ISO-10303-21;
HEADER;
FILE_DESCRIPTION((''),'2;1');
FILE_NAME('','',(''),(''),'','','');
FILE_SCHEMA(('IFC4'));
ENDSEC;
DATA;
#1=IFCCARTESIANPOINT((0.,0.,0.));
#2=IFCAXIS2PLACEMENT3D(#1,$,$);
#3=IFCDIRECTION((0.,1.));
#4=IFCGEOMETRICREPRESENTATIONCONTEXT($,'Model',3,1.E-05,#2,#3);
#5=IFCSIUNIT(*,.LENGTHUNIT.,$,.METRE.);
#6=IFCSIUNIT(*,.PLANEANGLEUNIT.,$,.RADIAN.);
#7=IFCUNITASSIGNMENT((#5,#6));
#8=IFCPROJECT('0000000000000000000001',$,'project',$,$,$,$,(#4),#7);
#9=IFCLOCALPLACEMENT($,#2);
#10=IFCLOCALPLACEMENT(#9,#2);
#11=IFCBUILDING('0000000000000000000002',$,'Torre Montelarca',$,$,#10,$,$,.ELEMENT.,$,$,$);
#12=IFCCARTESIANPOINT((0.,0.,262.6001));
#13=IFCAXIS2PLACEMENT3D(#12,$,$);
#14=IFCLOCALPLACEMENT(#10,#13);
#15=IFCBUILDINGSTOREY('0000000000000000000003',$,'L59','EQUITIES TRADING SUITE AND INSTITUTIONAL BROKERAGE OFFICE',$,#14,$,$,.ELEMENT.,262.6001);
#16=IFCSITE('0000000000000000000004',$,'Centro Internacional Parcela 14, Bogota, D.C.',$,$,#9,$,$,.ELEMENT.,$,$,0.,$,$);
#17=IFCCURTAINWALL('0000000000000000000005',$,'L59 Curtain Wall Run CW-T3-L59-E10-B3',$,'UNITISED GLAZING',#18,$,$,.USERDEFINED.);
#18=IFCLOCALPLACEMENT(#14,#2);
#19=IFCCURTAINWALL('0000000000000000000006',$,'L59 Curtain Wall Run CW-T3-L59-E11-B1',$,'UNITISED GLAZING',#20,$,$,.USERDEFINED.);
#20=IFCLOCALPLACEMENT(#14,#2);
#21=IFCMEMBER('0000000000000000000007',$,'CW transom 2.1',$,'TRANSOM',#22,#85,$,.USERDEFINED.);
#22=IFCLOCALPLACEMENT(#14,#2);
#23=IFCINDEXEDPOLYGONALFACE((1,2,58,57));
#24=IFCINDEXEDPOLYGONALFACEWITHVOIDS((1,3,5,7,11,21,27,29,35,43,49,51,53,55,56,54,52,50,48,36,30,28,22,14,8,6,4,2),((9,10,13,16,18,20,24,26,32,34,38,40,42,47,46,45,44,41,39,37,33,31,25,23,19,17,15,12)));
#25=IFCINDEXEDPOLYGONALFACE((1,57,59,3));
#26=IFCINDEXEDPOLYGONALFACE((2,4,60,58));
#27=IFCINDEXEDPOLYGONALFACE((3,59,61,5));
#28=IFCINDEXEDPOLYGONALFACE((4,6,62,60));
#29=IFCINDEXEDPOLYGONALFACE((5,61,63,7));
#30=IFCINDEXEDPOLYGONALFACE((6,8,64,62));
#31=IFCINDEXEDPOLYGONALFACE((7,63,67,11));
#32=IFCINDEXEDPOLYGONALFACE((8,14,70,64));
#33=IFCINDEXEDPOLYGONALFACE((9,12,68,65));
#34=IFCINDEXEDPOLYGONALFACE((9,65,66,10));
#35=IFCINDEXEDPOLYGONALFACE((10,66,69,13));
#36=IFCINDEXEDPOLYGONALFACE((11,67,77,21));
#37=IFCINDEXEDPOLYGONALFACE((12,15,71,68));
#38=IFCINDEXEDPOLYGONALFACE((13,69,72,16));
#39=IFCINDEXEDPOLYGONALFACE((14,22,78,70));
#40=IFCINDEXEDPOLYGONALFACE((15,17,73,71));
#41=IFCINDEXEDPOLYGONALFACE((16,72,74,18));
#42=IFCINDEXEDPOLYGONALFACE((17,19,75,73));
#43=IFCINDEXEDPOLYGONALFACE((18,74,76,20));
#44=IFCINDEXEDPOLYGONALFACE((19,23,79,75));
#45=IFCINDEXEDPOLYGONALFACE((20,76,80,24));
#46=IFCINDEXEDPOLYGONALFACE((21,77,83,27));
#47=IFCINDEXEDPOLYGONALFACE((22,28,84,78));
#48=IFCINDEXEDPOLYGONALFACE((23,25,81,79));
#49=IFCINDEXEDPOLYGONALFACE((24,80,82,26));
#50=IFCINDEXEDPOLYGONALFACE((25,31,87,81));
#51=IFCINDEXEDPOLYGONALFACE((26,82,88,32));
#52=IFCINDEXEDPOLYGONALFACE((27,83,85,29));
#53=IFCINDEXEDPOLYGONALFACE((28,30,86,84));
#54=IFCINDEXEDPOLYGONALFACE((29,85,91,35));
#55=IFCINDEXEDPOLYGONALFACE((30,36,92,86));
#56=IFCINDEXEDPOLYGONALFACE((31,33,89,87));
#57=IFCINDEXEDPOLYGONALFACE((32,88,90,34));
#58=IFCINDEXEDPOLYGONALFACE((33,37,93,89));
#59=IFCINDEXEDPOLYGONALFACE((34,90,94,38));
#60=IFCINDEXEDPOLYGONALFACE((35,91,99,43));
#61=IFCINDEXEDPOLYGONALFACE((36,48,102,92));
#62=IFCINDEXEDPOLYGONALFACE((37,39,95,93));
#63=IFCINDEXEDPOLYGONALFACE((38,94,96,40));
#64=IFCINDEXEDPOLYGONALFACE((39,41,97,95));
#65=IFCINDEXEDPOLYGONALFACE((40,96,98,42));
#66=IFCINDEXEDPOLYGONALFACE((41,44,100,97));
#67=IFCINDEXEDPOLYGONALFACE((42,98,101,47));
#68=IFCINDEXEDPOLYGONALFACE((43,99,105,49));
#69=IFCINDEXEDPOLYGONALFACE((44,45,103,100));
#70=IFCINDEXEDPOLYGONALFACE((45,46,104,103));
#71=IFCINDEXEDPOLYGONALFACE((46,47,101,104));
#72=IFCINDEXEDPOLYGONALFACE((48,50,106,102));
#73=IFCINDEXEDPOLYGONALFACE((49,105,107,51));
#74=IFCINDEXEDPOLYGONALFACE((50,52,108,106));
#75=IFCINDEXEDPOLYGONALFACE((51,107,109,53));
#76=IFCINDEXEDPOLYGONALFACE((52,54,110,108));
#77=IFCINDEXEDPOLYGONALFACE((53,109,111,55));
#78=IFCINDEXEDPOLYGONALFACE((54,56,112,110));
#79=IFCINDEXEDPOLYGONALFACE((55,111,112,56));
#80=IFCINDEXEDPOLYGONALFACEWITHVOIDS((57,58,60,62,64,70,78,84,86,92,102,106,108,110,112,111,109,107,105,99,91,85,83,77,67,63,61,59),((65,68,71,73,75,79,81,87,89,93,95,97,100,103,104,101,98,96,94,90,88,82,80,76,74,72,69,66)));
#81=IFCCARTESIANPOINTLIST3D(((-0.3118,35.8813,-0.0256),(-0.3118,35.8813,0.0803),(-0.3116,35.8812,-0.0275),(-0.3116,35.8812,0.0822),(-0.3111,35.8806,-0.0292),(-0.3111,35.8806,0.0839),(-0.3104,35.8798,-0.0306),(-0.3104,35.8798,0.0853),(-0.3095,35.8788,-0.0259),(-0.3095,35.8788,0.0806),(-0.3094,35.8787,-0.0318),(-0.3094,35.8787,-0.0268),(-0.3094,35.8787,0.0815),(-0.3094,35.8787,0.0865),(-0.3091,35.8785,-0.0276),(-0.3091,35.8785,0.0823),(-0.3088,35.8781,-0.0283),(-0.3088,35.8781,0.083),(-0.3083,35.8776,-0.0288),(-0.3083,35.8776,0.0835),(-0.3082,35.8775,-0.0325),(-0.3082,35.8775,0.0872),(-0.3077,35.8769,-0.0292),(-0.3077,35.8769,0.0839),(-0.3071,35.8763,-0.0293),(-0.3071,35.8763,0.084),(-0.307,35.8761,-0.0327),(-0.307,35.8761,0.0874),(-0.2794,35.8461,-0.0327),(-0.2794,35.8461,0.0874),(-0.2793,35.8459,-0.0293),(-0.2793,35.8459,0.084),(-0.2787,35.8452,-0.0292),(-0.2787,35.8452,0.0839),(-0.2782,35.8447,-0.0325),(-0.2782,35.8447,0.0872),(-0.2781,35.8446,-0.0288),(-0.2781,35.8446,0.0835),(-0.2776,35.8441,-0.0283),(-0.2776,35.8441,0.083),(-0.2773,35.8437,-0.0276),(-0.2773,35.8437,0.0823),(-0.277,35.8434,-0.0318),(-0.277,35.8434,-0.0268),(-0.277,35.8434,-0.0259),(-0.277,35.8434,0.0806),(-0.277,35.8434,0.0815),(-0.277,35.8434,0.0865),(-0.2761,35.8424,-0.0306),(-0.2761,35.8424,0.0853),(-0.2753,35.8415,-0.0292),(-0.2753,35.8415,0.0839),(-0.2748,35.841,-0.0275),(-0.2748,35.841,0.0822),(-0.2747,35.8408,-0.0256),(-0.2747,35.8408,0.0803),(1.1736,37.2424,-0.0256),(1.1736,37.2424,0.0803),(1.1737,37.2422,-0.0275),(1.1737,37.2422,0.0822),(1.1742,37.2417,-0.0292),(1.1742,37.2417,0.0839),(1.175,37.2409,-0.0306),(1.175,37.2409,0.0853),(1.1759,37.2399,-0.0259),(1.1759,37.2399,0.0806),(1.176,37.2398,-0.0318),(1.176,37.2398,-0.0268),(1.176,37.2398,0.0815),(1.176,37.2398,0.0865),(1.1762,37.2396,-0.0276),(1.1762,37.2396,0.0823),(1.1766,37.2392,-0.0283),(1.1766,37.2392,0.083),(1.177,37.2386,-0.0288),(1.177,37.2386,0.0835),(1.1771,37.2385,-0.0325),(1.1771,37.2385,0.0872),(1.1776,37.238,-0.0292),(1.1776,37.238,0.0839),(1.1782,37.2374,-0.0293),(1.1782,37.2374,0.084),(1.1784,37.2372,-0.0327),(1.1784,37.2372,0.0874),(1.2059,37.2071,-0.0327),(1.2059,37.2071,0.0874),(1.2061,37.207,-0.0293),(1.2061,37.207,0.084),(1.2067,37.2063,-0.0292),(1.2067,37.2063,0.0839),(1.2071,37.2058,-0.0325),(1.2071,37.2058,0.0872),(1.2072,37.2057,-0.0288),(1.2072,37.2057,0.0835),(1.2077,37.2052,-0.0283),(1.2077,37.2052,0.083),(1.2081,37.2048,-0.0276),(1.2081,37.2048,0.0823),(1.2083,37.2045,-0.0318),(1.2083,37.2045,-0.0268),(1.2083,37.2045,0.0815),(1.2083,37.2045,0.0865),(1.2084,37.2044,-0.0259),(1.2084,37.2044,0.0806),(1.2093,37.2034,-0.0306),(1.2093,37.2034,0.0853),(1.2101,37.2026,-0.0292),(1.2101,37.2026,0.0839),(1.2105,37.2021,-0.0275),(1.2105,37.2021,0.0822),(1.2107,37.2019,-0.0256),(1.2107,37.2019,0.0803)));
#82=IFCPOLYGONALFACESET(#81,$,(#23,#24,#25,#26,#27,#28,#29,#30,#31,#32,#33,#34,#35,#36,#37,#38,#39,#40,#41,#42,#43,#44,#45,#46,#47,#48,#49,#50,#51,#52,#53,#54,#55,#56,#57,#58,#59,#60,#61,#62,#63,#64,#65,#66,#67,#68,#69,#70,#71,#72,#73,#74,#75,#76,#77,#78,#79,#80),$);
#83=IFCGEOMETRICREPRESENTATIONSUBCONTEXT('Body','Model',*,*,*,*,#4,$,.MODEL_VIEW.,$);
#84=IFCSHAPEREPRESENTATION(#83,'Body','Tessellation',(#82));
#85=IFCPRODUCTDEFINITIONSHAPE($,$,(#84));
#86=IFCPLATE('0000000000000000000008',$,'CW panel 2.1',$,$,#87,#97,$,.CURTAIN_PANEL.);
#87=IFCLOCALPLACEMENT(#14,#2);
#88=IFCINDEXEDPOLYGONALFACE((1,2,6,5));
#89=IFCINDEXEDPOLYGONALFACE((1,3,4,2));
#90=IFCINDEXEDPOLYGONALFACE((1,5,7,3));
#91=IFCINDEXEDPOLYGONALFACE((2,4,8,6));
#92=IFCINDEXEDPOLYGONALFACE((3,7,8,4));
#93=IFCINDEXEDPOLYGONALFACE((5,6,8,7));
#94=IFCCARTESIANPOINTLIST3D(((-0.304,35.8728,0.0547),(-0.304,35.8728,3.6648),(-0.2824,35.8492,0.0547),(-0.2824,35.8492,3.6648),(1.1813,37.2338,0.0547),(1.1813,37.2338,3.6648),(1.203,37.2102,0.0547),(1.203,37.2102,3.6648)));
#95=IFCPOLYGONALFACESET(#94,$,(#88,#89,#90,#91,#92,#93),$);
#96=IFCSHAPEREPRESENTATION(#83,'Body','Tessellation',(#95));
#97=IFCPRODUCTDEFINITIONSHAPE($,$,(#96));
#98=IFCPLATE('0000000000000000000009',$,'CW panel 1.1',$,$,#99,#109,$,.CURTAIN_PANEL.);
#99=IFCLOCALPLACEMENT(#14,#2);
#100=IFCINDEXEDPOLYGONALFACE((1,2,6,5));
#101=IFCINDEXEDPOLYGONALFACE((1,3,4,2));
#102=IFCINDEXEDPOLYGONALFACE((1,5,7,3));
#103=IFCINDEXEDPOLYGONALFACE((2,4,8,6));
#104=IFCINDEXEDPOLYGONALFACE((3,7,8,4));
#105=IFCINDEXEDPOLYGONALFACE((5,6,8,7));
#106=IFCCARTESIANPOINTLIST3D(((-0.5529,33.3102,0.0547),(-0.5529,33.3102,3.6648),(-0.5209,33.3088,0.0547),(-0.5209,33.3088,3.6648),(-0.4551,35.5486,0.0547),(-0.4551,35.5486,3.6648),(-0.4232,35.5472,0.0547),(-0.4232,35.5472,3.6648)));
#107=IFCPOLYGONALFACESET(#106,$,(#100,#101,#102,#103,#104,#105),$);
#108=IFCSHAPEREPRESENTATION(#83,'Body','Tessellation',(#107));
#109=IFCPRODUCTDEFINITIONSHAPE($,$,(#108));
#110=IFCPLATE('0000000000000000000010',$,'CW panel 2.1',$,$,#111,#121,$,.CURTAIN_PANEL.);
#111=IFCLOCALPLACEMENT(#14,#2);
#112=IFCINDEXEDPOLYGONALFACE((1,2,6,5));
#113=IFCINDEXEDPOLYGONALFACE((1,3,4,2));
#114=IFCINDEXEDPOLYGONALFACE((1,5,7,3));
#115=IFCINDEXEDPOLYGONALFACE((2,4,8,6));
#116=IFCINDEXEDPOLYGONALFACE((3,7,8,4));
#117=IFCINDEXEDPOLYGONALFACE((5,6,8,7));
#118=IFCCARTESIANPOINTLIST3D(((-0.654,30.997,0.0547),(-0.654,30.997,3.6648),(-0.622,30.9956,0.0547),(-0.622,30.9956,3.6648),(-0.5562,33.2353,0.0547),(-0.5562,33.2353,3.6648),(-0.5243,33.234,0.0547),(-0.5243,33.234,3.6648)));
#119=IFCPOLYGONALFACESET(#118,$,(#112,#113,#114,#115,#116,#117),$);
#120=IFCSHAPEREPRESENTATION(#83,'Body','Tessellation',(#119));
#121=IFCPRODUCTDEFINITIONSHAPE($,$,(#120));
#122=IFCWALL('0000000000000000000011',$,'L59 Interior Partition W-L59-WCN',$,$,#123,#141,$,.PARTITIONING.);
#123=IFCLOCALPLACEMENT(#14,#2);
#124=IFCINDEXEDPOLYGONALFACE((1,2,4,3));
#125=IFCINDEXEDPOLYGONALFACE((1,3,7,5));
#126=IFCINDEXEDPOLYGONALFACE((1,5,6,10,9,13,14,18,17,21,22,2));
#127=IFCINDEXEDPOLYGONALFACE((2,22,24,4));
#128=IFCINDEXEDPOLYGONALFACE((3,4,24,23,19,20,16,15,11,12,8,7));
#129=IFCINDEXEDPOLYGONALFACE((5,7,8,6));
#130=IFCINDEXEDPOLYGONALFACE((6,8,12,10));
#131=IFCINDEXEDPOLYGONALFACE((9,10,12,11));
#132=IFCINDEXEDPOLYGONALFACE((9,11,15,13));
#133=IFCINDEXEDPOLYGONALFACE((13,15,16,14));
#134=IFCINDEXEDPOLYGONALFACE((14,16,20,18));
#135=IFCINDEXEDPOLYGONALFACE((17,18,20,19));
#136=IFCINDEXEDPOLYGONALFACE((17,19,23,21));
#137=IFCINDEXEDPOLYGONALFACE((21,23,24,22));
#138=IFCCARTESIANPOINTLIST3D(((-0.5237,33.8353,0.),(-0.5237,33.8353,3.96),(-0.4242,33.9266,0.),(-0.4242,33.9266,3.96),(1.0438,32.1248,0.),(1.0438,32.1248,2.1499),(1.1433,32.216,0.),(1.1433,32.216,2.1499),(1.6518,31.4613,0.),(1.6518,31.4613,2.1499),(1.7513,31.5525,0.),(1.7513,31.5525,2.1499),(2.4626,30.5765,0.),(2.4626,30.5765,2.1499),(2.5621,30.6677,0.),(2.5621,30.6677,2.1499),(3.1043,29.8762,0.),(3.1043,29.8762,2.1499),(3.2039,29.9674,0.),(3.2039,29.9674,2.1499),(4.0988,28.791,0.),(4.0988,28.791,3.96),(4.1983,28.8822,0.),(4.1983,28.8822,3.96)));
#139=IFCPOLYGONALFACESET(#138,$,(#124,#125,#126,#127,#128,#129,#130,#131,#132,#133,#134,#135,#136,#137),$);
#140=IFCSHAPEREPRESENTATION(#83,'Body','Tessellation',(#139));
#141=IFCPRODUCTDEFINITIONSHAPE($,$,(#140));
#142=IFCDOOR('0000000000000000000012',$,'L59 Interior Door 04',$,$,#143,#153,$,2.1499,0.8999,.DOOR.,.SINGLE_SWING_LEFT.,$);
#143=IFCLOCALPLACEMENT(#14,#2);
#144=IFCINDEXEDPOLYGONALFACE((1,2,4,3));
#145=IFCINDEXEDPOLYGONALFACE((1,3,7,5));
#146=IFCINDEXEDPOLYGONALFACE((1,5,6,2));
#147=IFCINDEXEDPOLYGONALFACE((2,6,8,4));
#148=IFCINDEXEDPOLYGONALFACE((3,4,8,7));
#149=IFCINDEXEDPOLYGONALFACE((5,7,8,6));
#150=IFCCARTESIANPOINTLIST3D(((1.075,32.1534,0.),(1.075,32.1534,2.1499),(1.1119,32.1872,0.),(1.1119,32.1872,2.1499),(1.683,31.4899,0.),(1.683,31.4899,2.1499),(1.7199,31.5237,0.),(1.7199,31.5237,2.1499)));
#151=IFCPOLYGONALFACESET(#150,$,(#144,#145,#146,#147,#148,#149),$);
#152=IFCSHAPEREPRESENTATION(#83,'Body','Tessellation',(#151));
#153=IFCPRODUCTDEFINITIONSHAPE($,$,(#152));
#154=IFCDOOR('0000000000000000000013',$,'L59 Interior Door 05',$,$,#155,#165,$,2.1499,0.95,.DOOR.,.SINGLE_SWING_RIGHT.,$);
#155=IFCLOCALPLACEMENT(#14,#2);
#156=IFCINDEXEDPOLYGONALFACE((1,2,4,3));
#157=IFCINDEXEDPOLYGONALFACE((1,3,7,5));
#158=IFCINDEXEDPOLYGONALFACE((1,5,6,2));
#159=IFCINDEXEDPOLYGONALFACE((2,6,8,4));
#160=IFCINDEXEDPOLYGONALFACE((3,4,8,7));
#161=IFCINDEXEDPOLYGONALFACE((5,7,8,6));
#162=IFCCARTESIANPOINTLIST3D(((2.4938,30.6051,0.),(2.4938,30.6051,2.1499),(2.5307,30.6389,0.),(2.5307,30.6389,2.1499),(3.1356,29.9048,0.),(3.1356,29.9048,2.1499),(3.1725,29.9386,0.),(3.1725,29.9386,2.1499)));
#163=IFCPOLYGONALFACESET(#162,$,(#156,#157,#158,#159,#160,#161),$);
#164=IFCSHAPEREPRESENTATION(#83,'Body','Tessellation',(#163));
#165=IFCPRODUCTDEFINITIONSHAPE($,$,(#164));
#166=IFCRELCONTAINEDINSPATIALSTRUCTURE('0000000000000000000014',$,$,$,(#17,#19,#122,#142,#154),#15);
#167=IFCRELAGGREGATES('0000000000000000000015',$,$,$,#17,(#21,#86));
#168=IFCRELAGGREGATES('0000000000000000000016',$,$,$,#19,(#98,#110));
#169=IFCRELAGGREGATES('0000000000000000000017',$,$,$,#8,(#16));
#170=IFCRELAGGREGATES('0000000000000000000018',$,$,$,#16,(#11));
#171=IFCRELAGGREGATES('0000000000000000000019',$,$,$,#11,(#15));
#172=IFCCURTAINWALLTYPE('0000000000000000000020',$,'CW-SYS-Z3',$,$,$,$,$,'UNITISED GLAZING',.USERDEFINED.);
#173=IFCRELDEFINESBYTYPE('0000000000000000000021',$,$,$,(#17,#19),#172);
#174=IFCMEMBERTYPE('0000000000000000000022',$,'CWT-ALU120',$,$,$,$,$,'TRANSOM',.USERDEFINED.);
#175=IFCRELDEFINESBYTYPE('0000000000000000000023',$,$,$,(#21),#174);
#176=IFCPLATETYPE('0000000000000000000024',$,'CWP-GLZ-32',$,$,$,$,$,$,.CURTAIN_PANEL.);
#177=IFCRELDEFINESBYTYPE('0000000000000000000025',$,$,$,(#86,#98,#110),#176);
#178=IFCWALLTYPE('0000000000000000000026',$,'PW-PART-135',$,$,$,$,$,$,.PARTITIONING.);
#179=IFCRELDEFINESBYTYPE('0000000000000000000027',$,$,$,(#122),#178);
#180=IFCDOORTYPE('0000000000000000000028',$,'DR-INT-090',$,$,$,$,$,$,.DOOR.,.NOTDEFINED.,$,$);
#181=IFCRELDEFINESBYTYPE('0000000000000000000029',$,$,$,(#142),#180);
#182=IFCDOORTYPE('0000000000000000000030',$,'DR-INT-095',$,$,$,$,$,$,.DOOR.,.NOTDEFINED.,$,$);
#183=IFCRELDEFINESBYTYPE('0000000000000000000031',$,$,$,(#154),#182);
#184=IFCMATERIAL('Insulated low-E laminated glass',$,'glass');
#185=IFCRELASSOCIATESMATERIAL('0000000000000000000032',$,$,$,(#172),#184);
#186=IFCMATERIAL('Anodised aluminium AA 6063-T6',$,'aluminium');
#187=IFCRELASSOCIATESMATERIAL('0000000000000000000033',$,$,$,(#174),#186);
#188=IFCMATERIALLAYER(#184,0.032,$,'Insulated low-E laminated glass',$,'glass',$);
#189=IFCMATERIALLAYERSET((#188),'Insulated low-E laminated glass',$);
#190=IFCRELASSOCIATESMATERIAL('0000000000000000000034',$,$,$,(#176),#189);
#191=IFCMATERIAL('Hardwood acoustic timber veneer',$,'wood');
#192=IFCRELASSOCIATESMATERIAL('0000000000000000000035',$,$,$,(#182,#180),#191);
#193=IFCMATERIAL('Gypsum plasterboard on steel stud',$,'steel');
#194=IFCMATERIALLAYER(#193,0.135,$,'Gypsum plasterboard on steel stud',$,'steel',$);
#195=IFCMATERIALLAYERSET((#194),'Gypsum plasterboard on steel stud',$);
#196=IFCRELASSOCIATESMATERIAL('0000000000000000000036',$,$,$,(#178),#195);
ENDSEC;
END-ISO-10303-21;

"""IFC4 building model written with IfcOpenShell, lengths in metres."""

from ifc_helpers import new_model, si_unit, direction, frame, frame_2d, origin, origin_2d, place, context, subcontext, project, spatial, rectangle, hollow_rectangle, extrude, source, transform, mapped, material, layer, layer_set, material_profile, profile_set, type_object, element, fill, aggregate, save


model = new_model("IFC4")

# Units and contexts
model_context = context("Model", 3, precision=1e-05, world=origin(), true_north=direction((0.0, 1.0)))
body_context = subcontext(model_context, "Body", "Model", "MODEL_VIEW")
ifc_project = project(units=[si_unit("LENGTHUNIT", "METRE"), si_unit("PLANEANGLEUNIT", "RADIAN")], contexts=[model_context])

# Site, building, storey
site_placement = place(None, origin())
site = spatial("IfcSite", under=ifc_project, at=site_placement, Name="Centro Internacional Parcela 14, Bogota, D.C.", CompositionType="ELEMENT", RefElevation=0.0)
building_placement = place(site_placement, origin())
building = spatial("IfcBuilding", under=site, at=building_placement, Name="Torre Montelarca", CompositionType="ELEMENT")
storey_placement = place(building_placement, frame((0.0, 0.0, 262.6001)))
storey = spatial("IfcBuildingStorey", under=building, at=storey_placement, Name="L59", Description="EQUITIES TRADING SUITE AND INSTITUTIONAL BROKERAGE OFFICE", CompositionType="ELEMENT", Elevation=262.6001)

# Curtain wall
ifc_material_1 = material(Name="Insulated low-E laminated glass", Category="glass")
curtain_wall_type = type_object("IfcCurtainWallType", Name="CW-SYS-Z3", ElementType="UNITISED GLAZING", PredefinedType="USERDEFINED", material=ifc_material_1)
curtain_wall_1_placement = place(storey_placement, origin())
curtain_wall_1 = element("IfcCurtainWall", 1, at=curtain_wall_1_placement, inside=storey, type_object=curtain_wall_type, Name="L59 Curtain Wall Run CW-T3-L59-E10-B3", ObjectType="UNITISED GLAZING", PredefinedType="USERDEFINED")
ifc_material_2 = material(Name="Anodised aluminium AA 6063-T6", Category="aluminium")

# Curtain wall
curtain_wall_2_placement = place(storey_placement, origin())
curtain_wall_2 = element("IfcCurtainWall", 2, at=curtain_wall_2_placement, inside=storey, type_object=curtain_wall_type, Name="L59 Curtain Wall Run CW-T3-L59-E11-B1", ObjectType="UNITISED GLAZING", PredefinedType="USERDEFINED")
ifc_material_profile_1 = material_profile(ifc_material_2, hollow_rectangle(XDim=0.0549, YDim=0.1201, WallThickness=0.0034, InnerFilletRadius=0.0034, OuterFilletRadius=0.0071, at=origin_2d()), Name="ALU55X120X3.5", Category="aluminium")
ifc_profile_set_1 = profile_set([ifc_material_profile_1], Name="Anodised aluminium AA 6063-T6")
member_type_1 = type_object("IfcMemberType", Name="CWT-ALU120", ElementType="TRANSOM", PredefinedType="USERDEFINED", material=ifc_profile_set_1)

# Member
shared_shape_1 = source(origin(), body_context, "Body", "SweptSolid", [
    extrude(hollow_rectangle(XDim=0.0549, YDim=0.1201, WallThickness=0.0034, InnerFilletRadius=0.0034, OuterFilletRadius=0.0071, at=origin_2d()), origin(), (0.0, 0.0, 1.0), 2.0146),
])
member_1_placement = place(storey_placement, frame((1.1921, 37.2222, 0.0273), z_axis=(-0.737275, -0.675593, 0.0), x_axis=(0.675593, -0.737275, 0.0)))
member_1 = element("IfcMember", 3, at=member_1_placement, type_object=member_type_1, Name="CW transom 2.1", ObjectType="TRANSOM", PredefinedType="USERDEFINED", context=body_context, shape_type="MappedRepresentation", body=[
    mapped(shared_shape_1, transform((0.0, 0.0, 0.0), scale=1.0)),
])

# Plates
ifc_layer_1 = layer(ifc_material_1, 0.032, Name="Insulated low-E laminated glass", Category="glass")
ifc_layer_set_1 = layer_set([ifc_layer_1], Name="Insulated low-E laminated glass")
plate_type = type_object("IfcPlateType", Name="CWP-GLZ-32", PredefinedType="CURTAIN_PANEL", material=ifc_layer_set_1)
shared_shape_2 = source(origin(), body_context, "Body", "SweptSolid", [
    extrude(rectangle(XDim=2.0146, YDim=0.032, at=origin_2d()), origin(), (0.0, 0.0, 1.0), 3.6101),
])
plate_1_placement = place(storey_placement, frame((0.4495, 36.5415, 0.0547), z_axis=(0.0, 0.0, 1.0), x_axis=(-0.737285, -0.675582, 0.0)))
plate_1 = element("IfcPlate", 4, at=plate_1_placement, type_object=plate_type, Name="CW panel 2.1", PredefinedType="CURTAIN_PANEL", context=body_context, shape_type="MappedRepresentation", body=[
    mapped(shared_shape_2, transform((0.0, 0.0, 0.0), scale=1.0)),
])
aggregate(curtain_wall_1, [member_1, plate_1])
shared_shape_3 = source(origin(), body_context, "Body", "SweptSolid", [
    extrude(rectangle(XDim=2.2405, YDim=0.032, at=origin_2d()), origin(), (0.0, 0.0, 1.0), 3.6101),
])
plate_2_placement = place(storey_placement, frame((-0.488, 34.4287, 0.0547), z_axis=(0.0, 0.0, 1.0), x_axis=(-0.043626, -0.999048, 0.0)))
plate_2 = element("IfcPlate", 5, at=plate_2_placement, type_object=plate_type, Name="CW panel 1.1", PredefinedType="CURTAIN_PANEL", context=body_context, shape_type="MappedRepresentation", body=[
    mapped(shared_shape_3, transform((0.0, 0.0, 0.0), scale=1.0)),
])
plate_3_placement = place(storey_placement, frame((-0.5891, 32.1155, 0.0547), z_axis=(0.0, 0.0, 1.0), x_axis=(-0.043626, -0.999048, 0.0)))
plate_3 = element("IfcPlate", 6, at=plate_3_placement, type_object=plate_type, Name="CW panel 2.1", PredefinedType="CURTAIN_PANEL", context=body_context, shape_type="MappedRepresentation", body=[
    mapped(shared_shape_3, transform((0.0, 0.0, 0.0), scale=1.0)),
])
aggregate(curtain_wall_2, [plate_2, plate_3])

# Shared definitions
ifc_material_3 = material(Name="Hardwood acoustic timber veneer", Category="wood")
door_type_1 = type_object("IfcDoorType", Name="DR-INT-095", OperationType="NOTDEFINED", PredefinedType="DOOR", material=ifc_material_3)
shared_shape_4 = source(origin(), body_context, "Body", "SweptSolid", [
    extrude(rectangle(XDim=0.95, YDim=2.1499, at=frame_2d((0.4751, 1.075))), frame((0.0, 0.0249, 0.0), z_axis=(0.0, -1.0, 0.0), x_axis=(1.0, 0.0, 0.0)), (0.0, 0.0, 1.0), 0.05),
])

# Wall, openings, doors
ifc_material_4 = material(Name="Gypsum plasterboard on steel stud", Category="steel")
ifc_layer_2 = layer(ifc_material_4, 0.135, Name="Gypsum plasterboard on steel stud", Category="steel")
ifc_layer_set_2 = layer_set([ifc_layer_2], Name="Gypsum plasterboard on steel stud")
wall_type_1 = type_object("IfcWallType", Name="PW-PART-135", PredefinedType="PARTITIONING", material=ifc_layer_set_2)
wall_1_placement = place(storey_placement, frame((-0.4739, 33.8809, 0.0), z_axis=(0.0, 0.0, 1.0), x_axis=(0.675605, -0.737264, 0.0)))
wall_1 = element("IfcWall", 7, at=wall_1_placement, inside=storey, type_object=wall_type_1, Name="L59 Interior Partition W-L59-WCN", PredefinedType="PARTITIONING", context=body_context, shape_type="SweptSolid", body=[
    extrude(rectangle(XDim=6.842, YDim=0.135, at=frame_2d((3.4209, 0.0))), origin(), (0.0, 0.0, 1.0), 3.96),
])
opening_1_placement = place(wall_1_placement, frame((2.3201, 0.0, 0.0)))
opening_1 = element("IfcOpeningElement", 8, at=opening_1_placement, cuts=wall_1, PredefinedType="OPENING", context=body_context, shape_type="SweptSolid", body=[
    extrude(rectangle(XDim=0.8999, YDim=2.1499, at=frame_2d((0.45, 1.075))), frame((0.0, 0.0776, 0.0), z_axis=(0.0, -1.0, 0.0), x_axis=(1.0, 0.0, 0.0)), (0.0, 0.0, 1.0), 0.155),
])
opening_2_placement = place(wall_1_placement, frame((4.4199, 0.0, 0.0)))
opening_2 = element("IfcOpeningElement", 9, at=opening_2_placement, cuts=wall_1, PredefinedType="OPENING", context=body_context, shape_type="SweptSolid", body=[
    extrude(rectangle(XDim=0.95, YDim=2.1499, at=frame_2d((0.4751, 1.075))), frame((0.0, 0.0776, 0.0), z_axis=(0.0, -1.0, 0.0), x_axis=(1.0, 0.0, 0.0)), (0.0, 0.0, 1.0), 0.155),
])
door_type_2 = type_object("IfcDoorType", Name="DR-INT-090", OperationType="NOTDEFINED", PredefinedType="DOOR", material=ifc_material_3)
shared_shape_5 = source(origin(), body_context, "Body", "SweptSolid", [
    extrude(rectangle(XDim=0.8999, YDim=2.1499, at=frame_2d((0.45, 1.075))), frame((0.0, 0.0249, 0.0), z_axis=(0.0, -1.0, 0.0), x_axis=(1.0, 0.0, 0.0)), (0.0, 0.0, 1.0), 0.05),
])
door_1_placement = place(opening_1_placement, origin())
door_1 = element("IfcDoor", 10, at=door_1_placement, inside=storey, type_object=door_type_2, Name="L59 Interior Door 04", OperationType="SINGLE_SWING_LEFT", OverallHeight=2.1499, OverallWidth=0.8999, PredefinedType="DOOR", context=body_context, shape_type="MappedRepresentation", body=[
    mapped(shared_shape_5, transform((0.0, 0.0, 0.0), scale=1.0)),
])
fill(opening_1, door_1)
door_2_placement = place(opening_2_placement, origin())
door_2 = element("IfcDoor", 11, at=door_2_placement, inside=storey, type_object=door_type_1, Name="L59 Interior Door 05", OperationType="SINGLE_SWING_RIGHT", OverallHeight=2.1499, OverallWidth=0.95, PredefinedType="DOOR", context=body_context, shape_type="MappedRepresentation", body=[
    mapped(shared_shape_4, transform((0.0, 0.0, 0.0), scale=1.0)),
])
fill(opening_2, door_2)

save(model, "model.ifc")
